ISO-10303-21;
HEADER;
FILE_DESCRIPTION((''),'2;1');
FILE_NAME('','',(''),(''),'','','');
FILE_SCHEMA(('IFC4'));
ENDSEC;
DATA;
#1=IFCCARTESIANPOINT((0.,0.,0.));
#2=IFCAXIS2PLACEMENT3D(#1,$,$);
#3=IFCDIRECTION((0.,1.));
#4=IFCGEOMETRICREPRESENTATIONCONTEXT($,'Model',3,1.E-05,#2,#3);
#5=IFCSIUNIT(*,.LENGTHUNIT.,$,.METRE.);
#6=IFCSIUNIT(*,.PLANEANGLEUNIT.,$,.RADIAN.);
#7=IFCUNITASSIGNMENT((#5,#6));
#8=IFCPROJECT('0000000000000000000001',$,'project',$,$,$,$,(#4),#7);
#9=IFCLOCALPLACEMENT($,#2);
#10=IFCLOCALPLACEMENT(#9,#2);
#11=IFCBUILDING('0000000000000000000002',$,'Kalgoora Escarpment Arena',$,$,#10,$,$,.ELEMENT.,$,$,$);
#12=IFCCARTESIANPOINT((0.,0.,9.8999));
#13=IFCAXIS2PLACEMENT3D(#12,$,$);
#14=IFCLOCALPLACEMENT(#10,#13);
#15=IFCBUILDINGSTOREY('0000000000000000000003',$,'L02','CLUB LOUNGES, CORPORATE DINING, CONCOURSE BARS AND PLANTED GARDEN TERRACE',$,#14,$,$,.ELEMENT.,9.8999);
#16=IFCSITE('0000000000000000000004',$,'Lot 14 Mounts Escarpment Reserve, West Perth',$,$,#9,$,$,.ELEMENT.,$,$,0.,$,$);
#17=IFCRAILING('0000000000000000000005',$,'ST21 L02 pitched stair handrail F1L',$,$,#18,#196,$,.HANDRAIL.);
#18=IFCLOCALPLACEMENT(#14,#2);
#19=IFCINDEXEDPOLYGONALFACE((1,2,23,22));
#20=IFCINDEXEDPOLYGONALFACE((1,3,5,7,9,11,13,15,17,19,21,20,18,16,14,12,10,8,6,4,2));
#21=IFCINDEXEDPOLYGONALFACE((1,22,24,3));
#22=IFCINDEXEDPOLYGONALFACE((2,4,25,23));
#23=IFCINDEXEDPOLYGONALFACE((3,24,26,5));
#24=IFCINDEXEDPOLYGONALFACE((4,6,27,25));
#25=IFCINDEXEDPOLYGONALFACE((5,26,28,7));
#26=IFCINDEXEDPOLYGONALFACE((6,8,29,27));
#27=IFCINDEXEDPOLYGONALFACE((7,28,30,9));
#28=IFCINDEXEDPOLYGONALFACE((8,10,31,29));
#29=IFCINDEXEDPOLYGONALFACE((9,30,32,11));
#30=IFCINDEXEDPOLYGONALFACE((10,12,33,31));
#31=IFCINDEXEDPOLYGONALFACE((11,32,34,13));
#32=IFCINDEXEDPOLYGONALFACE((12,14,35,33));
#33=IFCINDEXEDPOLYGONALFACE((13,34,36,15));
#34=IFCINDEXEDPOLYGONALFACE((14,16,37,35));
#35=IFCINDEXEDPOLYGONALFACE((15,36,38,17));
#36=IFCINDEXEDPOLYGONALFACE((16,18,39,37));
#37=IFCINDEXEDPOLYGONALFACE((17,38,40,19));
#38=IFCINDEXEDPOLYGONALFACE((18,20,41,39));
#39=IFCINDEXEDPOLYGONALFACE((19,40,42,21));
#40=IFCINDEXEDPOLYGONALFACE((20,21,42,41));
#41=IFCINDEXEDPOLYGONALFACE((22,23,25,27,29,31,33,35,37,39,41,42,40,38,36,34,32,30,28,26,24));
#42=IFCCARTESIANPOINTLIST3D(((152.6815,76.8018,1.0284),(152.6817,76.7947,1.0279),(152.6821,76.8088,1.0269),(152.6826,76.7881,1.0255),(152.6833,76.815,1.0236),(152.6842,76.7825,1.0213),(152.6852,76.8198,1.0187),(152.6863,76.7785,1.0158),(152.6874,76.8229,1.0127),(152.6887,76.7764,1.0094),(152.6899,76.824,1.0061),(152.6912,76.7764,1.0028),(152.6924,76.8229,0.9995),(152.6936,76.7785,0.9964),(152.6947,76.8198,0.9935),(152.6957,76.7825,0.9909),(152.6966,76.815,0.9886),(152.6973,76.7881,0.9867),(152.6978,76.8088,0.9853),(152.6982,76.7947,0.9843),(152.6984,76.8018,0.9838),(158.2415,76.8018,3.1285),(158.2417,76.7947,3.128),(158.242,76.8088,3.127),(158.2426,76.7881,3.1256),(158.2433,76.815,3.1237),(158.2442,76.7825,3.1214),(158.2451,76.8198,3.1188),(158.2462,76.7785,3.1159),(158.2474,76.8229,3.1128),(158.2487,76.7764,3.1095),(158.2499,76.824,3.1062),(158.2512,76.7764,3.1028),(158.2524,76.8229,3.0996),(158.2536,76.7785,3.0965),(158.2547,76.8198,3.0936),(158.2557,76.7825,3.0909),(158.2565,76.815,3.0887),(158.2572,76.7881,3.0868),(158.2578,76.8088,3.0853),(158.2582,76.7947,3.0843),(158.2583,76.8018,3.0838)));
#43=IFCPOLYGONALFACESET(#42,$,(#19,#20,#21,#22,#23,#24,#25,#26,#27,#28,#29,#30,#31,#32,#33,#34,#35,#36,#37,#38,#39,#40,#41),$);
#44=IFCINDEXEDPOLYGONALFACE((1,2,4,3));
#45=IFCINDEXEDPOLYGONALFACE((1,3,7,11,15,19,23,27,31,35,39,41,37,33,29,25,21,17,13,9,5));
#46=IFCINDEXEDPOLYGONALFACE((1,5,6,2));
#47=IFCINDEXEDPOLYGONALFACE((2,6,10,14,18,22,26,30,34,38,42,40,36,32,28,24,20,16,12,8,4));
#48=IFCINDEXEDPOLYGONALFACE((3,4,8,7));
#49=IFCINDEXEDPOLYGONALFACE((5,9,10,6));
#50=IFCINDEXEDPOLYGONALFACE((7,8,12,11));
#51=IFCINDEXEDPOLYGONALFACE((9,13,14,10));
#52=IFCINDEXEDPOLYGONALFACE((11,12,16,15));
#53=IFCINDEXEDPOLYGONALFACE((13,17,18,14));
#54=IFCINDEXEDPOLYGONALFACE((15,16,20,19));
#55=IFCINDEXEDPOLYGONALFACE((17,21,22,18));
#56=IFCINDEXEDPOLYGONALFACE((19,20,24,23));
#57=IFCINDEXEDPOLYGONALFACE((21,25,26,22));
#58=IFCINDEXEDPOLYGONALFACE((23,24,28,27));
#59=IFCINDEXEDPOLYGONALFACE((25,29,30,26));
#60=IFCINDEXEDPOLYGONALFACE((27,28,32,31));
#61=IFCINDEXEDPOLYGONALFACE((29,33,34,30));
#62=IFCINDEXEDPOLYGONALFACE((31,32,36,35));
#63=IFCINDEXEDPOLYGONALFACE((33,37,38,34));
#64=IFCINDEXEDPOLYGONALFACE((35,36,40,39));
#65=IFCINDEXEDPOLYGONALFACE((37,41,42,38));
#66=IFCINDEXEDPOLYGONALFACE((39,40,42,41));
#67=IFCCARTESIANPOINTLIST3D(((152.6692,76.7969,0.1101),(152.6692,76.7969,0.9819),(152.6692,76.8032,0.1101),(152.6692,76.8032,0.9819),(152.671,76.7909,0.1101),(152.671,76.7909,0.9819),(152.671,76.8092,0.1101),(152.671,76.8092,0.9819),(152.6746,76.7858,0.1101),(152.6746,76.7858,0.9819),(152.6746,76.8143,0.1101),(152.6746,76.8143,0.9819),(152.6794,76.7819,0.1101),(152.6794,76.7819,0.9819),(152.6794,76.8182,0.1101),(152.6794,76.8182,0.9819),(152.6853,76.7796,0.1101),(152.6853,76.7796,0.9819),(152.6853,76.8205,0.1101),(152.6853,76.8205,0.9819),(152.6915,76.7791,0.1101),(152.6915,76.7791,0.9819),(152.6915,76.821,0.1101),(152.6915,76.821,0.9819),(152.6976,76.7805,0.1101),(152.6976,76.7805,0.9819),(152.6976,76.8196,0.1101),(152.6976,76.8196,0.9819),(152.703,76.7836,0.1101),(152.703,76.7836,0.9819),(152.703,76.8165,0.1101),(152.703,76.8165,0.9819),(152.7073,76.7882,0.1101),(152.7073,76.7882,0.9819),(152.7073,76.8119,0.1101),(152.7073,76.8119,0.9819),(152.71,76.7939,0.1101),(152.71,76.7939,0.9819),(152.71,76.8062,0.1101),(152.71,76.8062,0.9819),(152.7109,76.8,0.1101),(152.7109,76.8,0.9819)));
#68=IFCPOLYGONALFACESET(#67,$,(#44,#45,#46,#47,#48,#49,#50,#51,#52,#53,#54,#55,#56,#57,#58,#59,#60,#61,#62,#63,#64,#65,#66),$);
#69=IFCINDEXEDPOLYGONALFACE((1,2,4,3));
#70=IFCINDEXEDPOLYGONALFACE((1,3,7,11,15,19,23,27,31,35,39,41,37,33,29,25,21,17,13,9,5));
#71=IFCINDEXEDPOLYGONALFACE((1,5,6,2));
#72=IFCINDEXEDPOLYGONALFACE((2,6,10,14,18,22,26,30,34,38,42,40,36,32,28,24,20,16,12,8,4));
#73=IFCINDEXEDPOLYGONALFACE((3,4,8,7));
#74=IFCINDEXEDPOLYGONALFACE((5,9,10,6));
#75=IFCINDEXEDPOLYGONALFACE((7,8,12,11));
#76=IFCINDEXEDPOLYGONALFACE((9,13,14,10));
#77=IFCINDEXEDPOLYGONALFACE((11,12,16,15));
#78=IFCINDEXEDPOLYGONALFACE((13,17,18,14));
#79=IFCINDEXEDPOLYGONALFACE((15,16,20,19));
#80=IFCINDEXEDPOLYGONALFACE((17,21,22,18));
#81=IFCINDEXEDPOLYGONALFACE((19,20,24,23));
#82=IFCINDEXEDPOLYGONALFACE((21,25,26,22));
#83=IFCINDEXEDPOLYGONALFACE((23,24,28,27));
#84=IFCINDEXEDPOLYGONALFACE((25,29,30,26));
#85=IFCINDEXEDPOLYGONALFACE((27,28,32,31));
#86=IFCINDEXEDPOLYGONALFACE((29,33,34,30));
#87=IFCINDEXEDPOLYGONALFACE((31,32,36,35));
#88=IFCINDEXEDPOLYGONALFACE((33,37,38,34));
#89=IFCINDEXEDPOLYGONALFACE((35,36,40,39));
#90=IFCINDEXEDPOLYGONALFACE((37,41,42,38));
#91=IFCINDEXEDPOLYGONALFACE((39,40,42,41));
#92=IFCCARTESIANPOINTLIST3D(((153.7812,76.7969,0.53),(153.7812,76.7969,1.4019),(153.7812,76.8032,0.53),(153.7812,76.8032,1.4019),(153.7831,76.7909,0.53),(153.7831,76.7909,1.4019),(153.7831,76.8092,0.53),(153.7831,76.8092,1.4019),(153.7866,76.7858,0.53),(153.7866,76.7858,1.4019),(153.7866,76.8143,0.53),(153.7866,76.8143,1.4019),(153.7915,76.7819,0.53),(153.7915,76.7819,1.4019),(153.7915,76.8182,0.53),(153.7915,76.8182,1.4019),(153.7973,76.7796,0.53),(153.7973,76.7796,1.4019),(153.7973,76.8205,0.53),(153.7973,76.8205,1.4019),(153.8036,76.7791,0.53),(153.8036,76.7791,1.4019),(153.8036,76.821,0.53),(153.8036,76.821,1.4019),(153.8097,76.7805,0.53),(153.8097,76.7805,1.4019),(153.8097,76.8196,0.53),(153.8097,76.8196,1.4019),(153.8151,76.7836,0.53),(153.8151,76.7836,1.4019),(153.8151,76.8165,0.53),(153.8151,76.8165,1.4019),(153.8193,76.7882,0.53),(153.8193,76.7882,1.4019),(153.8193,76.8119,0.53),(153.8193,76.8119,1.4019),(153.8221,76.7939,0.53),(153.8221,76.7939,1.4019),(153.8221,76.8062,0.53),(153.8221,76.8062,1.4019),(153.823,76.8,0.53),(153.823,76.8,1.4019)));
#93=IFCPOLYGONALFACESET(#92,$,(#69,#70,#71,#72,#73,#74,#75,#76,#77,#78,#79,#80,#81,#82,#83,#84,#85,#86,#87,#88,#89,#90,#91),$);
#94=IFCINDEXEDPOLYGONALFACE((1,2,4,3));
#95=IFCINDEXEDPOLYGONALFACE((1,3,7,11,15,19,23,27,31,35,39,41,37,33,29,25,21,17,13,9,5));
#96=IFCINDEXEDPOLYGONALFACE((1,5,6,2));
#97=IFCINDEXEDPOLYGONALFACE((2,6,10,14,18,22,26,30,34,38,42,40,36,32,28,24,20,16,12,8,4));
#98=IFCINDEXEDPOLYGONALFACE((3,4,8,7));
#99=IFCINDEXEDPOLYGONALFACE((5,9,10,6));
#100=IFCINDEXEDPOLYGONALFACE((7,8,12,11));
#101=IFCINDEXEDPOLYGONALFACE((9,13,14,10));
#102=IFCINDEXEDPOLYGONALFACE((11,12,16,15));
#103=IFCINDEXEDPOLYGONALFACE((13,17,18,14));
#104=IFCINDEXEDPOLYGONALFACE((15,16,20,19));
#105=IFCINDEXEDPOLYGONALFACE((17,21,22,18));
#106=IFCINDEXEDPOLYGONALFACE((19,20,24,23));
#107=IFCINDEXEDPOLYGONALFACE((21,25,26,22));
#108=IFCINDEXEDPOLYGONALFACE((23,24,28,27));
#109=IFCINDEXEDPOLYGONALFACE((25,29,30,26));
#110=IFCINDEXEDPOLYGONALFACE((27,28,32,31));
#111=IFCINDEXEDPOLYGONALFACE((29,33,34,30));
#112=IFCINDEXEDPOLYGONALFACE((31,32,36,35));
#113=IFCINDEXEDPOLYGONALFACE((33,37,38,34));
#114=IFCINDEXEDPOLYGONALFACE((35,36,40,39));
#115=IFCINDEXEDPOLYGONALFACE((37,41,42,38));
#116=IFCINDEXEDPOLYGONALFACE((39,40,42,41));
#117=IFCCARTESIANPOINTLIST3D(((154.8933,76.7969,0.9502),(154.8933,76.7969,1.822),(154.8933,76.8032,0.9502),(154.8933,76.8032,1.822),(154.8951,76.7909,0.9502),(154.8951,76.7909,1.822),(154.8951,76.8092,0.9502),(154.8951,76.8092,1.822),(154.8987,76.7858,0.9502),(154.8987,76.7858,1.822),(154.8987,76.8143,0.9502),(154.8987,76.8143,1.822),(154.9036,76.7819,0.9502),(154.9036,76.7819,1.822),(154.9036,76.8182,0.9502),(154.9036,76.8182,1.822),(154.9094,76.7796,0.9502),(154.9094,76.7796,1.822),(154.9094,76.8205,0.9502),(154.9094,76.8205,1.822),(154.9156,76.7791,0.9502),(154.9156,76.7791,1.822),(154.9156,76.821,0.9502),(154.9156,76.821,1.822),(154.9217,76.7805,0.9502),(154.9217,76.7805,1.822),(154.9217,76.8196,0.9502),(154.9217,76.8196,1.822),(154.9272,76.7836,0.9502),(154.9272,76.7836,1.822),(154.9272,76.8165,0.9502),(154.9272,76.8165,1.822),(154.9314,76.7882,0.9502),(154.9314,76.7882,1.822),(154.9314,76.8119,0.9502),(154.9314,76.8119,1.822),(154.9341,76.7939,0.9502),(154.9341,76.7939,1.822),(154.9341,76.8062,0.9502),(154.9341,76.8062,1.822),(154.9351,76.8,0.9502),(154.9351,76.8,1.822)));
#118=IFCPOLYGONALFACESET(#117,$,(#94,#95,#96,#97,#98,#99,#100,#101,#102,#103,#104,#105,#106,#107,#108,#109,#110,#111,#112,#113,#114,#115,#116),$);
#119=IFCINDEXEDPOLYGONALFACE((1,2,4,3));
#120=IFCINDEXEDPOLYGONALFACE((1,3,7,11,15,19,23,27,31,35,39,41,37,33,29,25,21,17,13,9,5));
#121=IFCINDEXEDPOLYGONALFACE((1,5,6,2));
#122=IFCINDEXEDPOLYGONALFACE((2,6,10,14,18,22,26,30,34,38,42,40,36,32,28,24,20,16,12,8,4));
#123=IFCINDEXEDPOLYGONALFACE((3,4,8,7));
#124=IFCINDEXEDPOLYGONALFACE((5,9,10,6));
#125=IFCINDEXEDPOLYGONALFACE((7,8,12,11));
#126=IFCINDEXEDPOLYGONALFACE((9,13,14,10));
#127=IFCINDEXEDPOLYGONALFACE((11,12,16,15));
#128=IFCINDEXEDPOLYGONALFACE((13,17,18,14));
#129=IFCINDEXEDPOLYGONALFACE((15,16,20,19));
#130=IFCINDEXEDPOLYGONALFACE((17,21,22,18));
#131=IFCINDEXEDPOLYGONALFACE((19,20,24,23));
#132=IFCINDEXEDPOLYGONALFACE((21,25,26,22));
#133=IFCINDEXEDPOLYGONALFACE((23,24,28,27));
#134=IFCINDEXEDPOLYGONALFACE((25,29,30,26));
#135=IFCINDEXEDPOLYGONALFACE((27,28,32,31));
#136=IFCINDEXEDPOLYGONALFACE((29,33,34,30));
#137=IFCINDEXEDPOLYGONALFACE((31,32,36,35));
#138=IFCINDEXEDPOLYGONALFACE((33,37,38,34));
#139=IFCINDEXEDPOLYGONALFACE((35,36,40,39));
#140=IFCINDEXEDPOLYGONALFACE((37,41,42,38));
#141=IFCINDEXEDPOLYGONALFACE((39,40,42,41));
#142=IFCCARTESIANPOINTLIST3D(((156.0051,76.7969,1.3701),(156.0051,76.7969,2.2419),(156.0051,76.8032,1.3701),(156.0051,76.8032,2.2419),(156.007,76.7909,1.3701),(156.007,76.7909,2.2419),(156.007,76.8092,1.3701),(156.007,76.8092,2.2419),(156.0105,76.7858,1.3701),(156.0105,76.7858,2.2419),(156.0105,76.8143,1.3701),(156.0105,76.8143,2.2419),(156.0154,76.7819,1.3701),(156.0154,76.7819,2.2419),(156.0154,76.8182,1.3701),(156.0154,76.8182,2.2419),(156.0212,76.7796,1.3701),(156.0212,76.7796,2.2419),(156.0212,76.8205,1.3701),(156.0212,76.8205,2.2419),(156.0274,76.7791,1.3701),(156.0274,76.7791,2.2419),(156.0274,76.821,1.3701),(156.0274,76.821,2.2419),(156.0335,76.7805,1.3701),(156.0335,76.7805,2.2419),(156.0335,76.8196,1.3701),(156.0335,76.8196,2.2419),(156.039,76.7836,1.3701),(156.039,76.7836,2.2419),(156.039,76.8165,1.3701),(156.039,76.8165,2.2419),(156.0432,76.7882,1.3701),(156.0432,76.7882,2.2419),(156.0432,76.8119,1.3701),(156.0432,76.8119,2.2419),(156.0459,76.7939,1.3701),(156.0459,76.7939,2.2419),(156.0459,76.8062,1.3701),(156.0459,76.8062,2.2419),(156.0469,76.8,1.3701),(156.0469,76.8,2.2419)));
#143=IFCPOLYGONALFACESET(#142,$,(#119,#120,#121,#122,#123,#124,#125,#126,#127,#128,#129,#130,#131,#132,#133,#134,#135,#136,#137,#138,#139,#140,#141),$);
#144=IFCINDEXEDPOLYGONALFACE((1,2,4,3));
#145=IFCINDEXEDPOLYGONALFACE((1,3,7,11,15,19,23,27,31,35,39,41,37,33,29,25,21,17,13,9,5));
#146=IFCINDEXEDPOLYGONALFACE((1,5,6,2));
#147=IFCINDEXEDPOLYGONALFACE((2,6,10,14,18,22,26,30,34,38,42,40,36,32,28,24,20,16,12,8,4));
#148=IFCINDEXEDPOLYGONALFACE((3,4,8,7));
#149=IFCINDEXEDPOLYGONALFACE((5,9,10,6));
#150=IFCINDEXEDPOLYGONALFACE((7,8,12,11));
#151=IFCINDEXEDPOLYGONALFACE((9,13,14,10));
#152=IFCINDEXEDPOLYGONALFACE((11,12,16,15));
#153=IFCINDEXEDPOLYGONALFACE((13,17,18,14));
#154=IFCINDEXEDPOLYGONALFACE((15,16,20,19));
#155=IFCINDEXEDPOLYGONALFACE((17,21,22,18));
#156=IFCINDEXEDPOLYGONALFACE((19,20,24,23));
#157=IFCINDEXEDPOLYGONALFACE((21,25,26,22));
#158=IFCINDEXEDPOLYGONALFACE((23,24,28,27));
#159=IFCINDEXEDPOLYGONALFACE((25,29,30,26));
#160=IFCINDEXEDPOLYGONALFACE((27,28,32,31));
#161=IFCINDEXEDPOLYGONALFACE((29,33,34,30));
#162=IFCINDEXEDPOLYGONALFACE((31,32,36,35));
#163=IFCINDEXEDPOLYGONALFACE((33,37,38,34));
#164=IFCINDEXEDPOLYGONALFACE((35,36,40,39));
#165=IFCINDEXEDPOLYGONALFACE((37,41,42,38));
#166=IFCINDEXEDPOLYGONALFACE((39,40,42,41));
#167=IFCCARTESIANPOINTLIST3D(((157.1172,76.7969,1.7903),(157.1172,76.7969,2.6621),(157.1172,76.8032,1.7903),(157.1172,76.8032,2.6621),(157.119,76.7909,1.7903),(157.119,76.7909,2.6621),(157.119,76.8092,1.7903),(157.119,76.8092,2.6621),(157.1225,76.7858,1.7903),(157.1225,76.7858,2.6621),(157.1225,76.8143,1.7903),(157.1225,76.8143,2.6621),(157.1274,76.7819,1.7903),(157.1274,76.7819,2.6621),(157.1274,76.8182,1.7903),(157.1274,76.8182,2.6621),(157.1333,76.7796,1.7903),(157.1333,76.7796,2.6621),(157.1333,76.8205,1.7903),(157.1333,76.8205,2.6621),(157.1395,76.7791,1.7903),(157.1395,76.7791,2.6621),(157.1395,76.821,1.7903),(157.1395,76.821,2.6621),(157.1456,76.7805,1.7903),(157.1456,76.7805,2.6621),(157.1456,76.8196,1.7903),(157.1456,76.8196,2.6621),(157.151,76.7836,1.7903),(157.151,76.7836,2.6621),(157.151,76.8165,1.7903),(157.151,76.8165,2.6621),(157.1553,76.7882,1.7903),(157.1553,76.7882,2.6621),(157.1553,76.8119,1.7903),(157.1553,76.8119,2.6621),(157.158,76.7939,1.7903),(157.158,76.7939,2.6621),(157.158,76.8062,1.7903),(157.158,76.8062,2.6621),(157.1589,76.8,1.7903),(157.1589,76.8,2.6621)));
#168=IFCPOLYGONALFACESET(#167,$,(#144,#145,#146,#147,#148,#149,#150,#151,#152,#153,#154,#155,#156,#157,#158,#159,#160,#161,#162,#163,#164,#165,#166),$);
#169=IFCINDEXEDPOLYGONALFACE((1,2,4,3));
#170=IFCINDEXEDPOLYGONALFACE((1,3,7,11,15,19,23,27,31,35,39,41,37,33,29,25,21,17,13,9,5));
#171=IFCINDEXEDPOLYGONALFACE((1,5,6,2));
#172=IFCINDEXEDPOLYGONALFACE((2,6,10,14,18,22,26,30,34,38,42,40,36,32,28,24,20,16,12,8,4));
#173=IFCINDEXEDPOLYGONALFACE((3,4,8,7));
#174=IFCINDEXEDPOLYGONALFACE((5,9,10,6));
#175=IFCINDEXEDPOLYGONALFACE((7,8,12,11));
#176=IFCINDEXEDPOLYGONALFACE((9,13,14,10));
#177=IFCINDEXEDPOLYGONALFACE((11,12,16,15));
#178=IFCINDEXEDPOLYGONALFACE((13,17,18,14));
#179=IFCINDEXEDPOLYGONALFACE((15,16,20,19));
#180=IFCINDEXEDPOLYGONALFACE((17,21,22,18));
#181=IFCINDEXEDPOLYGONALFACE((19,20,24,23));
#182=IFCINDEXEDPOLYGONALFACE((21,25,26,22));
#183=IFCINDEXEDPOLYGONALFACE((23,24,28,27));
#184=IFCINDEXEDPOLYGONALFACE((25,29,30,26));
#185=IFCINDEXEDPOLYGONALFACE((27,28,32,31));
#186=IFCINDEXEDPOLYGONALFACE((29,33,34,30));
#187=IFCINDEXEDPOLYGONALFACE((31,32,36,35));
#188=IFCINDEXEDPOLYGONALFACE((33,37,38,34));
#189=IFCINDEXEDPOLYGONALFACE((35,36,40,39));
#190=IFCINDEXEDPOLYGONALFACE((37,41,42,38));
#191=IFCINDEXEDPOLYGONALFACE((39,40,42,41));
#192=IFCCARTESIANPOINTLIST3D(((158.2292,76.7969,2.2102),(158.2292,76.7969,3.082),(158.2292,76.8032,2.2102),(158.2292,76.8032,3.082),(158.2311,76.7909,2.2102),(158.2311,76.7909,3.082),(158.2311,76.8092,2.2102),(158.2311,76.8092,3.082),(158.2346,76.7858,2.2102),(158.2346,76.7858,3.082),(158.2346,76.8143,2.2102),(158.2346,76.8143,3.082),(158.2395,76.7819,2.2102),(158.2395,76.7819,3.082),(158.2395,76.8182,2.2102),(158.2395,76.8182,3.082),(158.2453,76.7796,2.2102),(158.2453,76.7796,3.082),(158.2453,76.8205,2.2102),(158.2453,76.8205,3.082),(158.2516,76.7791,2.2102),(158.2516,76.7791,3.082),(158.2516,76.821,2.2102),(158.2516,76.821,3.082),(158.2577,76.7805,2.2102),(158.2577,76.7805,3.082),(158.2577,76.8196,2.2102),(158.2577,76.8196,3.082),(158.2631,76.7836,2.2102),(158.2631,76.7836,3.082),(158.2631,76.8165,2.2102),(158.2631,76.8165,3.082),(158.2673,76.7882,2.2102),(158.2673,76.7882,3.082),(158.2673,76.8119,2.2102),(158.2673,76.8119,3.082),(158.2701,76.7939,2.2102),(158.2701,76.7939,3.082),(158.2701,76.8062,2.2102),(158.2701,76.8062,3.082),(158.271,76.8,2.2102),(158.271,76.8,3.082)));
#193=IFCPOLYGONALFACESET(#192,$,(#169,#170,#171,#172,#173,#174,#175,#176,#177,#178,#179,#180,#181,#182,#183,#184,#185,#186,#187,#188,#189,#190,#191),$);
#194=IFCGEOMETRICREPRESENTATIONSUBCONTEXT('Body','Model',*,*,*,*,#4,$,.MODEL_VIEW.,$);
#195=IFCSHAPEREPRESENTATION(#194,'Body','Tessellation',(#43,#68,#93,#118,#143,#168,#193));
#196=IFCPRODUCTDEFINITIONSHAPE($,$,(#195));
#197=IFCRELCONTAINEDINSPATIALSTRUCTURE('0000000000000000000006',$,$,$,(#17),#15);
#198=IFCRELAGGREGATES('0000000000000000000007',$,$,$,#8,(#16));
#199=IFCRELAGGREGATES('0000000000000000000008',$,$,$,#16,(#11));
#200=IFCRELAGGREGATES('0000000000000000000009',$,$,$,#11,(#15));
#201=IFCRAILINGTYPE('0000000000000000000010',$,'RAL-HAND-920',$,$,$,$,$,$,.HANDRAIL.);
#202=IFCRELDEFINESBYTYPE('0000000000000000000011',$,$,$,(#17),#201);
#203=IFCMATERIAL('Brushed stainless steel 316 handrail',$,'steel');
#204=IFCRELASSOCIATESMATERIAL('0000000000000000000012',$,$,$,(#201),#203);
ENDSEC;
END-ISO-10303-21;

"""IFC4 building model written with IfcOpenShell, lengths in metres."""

from ifc_helpers import new_model, si_unit, direction, frame, origin, origin_2d, place, context, subcontext, project, spatial, circle, extrude, material, type_object, element, save


model = new_model("IFC4")

# Units and contexts
model_context = context("Model", 3, precision=1e-05, world=origin(), true_north=direction((0.0, 1.0)))
body_context = subcontext(model_context, "Body", "Model", "MODEL_VIEW")
ifc_project = project(units=[si_unit("LENGTHUNIT", "METRE"), si_unit("PLANEANGLEUNIT", "RADIAN")], contexts=[model_context])

# Site, building, storey
site_placement = place(None, origin())
site = spatial("IfcSite", under=ifc_project, at=site_placement, Name="Lot 14 Mounts Escarpment Reserve, West Perth", CompositionType="ELEMENT", RefElevation=0.0)
building_placement = place(site_placement, origin())
building = spatial("IfcBuilding", under=site, at=building_placement, Name="Kalgoora Escarpment Arena", CompositionType="ELEMENT")
storey_placement = place(building_placement, frame((0.0, 0.0, 9.8999)))
storey = spatial("IfcBuildingStorey", under=building, at=storey_placement, Name="L02", Description="CLUB LOUNGES, CORPORATE DINING, CONCOURSE BARS AND PLANTED GARDEN TERRACE", CompositionType="ELEMENT", Elevation=9.8999)

# Railing
ifc_material_1 = material(Name="Brushed stainless steel 316 handrail", Category="steel")
railing_type_1 = type_object("IfcRailingType", Name="RAL-HAND-920", PredefinedType="HANDRAIL", material=ifc_material_1)
for number, where, name in (
    (1, (152.6899, 76.8, 0.1101), "ST21 L02 pitched stair handrail F1L"),
):
    element("IfcRailing", number, at=place(storey_placement, frame(where)), inside=storey, type_object=railing_type_1, Name=name, PredefinedType="HANDRAIL", context=body_context, shape_type="SweptSolid", body=[
        extrude(circle(Radius=0.0239, at=origin_2d()), frame((0.0, 0.0, 0.896), z_axis=(0.935493, 0.0, 0.353346), x_axis=(0.0, 1.0, 0.0)), (0.0, 0.0, 1.0), 5.9434),
        extrude(circle(Radius=0.021, at=origin_2d()), origin(), (0.0, 0.0, 1.0), 0.8718),
        extrude(circle(Radius=0.021, at=origin_2d()), frame((1.1121, 0.0, 0.4199)), (0.0, 0.0, 1.0), 0.8718),
        extrude(circle(Radius=0.021, at=origin_2d()), frame((2.2241, 0.0, 0.8401)), (0.0, 0.0, 1.0), 0.8718),
        extrude(circle(Radius=0.021, at=origin_2d()), frame((3.3359, 0.0, 1.26)), (0.0, 0.0, 1.0), 0.8718),
        extrude(circle(Radius=0.021, at=origin_2d()), frame((4.448, 0.0, 1.6802)), (0.0, 0.0, 1.0), 0.8718),
        extrude(circle(Radius=0.021, at=origin_2d()), frame((5.5601, 0.0, 2.1001)), (0.0, 0.0, 1.0), 0.8718),
    ])

save(model, "model.ifc")
